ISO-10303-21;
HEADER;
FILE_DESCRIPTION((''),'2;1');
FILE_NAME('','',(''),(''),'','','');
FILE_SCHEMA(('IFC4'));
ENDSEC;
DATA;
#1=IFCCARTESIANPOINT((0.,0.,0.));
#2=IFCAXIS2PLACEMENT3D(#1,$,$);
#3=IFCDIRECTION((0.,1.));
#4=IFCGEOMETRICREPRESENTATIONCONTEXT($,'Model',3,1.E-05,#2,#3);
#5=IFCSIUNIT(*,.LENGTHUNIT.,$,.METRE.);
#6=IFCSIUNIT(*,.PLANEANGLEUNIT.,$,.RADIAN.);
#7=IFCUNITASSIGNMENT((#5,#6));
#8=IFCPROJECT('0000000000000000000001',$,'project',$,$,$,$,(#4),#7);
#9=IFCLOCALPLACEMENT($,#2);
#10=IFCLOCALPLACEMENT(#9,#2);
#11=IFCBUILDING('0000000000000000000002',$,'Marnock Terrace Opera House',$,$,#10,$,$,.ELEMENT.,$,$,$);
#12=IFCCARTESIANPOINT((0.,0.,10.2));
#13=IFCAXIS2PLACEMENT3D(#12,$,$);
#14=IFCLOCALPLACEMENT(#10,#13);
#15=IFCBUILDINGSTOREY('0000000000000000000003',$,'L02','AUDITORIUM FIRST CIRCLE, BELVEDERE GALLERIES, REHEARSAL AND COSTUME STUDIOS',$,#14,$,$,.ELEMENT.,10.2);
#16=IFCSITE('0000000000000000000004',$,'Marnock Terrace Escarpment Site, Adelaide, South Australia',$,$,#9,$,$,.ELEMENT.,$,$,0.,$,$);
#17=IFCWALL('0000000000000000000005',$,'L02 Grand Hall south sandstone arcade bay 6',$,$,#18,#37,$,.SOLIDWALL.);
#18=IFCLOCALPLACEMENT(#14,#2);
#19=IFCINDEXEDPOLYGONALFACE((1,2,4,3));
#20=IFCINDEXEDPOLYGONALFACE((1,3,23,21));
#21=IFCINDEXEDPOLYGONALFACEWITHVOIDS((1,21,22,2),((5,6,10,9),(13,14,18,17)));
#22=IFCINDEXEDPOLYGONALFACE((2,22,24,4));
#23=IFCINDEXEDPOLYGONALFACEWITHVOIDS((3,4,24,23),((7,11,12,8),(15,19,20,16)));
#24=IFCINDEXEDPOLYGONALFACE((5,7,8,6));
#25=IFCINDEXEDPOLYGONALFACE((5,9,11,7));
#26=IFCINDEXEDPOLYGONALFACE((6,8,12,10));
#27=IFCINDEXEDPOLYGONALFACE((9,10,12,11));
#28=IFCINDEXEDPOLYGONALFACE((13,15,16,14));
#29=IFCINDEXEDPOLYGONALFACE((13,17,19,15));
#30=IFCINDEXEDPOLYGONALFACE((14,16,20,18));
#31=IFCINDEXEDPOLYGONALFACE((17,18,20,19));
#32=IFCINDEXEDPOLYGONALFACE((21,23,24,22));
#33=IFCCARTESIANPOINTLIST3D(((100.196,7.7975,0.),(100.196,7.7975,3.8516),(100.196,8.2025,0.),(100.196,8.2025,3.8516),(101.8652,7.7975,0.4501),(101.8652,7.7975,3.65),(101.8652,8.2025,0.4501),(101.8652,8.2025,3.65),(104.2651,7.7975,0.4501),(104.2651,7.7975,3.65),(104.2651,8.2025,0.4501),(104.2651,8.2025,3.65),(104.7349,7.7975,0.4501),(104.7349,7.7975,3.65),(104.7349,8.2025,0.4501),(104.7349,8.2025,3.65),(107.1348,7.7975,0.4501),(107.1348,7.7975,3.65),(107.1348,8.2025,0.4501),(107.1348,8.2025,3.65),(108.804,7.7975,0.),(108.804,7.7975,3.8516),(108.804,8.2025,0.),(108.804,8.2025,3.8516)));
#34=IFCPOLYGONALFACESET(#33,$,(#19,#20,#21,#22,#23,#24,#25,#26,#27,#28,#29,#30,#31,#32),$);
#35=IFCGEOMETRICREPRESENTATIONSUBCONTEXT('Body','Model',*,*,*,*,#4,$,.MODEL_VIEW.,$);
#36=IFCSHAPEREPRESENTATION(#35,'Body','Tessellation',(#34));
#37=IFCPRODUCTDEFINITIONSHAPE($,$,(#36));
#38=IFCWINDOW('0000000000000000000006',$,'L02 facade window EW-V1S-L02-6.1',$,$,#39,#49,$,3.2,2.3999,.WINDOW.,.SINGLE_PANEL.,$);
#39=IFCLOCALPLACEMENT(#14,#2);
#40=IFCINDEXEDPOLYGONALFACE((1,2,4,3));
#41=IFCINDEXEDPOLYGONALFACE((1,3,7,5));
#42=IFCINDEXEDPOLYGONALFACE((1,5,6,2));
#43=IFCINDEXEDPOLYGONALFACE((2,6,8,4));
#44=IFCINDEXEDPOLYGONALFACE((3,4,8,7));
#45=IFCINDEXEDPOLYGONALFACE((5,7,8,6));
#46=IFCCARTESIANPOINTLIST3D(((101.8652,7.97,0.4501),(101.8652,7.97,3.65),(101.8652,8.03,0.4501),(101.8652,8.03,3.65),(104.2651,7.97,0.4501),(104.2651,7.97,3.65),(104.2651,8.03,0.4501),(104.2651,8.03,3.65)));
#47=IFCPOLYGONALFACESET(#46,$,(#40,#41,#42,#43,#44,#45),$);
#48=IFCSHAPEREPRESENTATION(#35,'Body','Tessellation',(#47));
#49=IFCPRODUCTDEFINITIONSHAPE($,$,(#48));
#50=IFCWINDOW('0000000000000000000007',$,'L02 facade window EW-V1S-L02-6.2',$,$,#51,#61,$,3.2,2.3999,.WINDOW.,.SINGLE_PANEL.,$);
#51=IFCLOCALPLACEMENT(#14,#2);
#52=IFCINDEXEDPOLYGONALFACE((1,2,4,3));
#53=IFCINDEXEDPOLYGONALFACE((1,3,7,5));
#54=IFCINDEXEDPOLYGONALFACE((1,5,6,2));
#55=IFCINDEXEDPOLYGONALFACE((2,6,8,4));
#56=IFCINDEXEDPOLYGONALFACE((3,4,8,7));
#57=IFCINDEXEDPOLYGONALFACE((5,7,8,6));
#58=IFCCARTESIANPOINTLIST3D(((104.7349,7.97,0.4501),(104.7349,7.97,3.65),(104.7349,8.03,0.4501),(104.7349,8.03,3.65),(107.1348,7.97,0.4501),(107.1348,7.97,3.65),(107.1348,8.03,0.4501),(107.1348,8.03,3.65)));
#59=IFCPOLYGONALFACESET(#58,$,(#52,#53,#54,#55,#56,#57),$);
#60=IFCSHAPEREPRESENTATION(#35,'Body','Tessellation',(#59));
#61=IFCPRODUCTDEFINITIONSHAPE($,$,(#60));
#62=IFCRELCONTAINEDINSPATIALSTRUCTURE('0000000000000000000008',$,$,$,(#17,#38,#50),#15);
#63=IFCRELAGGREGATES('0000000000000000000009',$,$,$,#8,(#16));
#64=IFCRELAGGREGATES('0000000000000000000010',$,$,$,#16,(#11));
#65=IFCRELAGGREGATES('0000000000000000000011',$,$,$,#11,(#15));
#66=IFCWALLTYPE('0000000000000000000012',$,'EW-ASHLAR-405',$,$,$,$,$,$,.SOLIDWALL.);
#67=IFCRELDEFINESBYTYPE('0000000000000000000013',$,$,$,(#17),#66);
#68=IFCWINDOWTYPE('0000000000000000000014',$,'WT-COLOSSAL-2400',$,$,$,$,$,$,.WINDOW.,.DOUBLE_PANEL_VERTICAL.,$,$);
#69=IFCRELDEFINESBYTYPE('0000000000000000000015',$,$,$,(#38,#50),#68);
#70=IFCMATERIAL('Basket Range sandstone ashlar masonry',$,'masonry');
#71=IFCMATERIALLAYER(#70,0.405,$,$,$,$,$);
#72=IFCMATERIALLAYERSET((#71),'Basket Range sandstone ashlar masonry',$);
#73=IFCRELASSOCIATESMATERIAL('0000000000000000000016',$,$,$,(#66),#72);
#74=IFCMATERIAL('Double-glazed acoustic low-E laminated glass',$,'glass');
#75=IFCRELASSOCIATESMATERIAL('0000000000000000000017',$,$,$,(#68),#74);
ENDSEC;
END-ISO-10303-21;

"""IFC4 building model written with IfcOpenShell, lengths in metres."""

from ifc_helpers import new_model, si_unit, direction, frame, frame_2d, origin, place, context, subcontext, project, spatial, rectangle, extrude, material, layer, layer_set, type_object, element, fill, save


model = new_model("IFC4")

# Units and contexts
model_context = context("Model", 3, precision=1e-05, world=origin(), true_north=direction((0.0, 1.0)))
body_context = subcontext(model_context, "Body", "Model", "MODEL_VIEW")
ifc_project = project(units=[si_unit("LENGTHUNIT", "METRE"), si_unit("PLANEANGLEUNIT", "RADIAN")], contexts=[model_context])

# Site, building, storey
site_placement = place(None, origin())
site = spatial("IfcSite", under=ifc_project, at=site_placement, Name="Marnock Terrace Escarpment Site, Adelaide, South Australia", CompositionType="ELEMENT", RefElevation=0.0)
building_placement = place(site_placement, origin())
building = spatial("IfcBuilding", under=site, at=building_placement, Name="Marnock Terrace Opera House", CompositionType="ELEMENT")
storey_placement = place(building_placement, frame((0.0, 0.0, 10.2)))
storey = spatial("IfcBuildingStorey", under=building, at=storey_placement, Name="L02", Description="AUDITORIUM FIRST CIRCLE, BELVEDERE GALLERIES, REHEARSAL AND COSTUME STUDIOS", CompositionType="ELEMENT", Elevation=10.2)

# Wall, openings, windows
ifc_material_1 = material(Name="Basket Range sandstone ashlar masonry", Category="masonry")
ifc_layer = layer(ifc_material_1, 0.405)
ifc_layer_set = layer_set([ifc_layer], Name="Basket Range sandstone ashlar masonry")
wall_type = type_object("IfcWallType", Name="EW-ASHLAR-405", PredefinedType="SOLIDWALL", material=ifc_layer_set)
ifc_material_2 = material(Name="Double-glazed acoustic low-E laminated glass", Category="glass")
window_type = type_object("IfcWindowType", Name="WT-COLOSSAL-2400", PartitioningType="DOUBLE_PANEL_VERTICAL", PredefinedType="WINDOW", material=ifc_material_2)
wall_1_placement = place(storey_placement, frame((100.196, 8.0, 0.0), z_axis=(0.0, 0.0, 1.0), x_axis=(1.0, 0.0, 0.0)))
wall_1 = element("IfcWall", 1, at=wall_1_placement, inside=storey, type_object=wall_type, Name="L02 Grand Hall south sandstone arcade bay 6", PredefinedType="SOLIDWALL", context=body_context, shape_type="SweptSolid", body=[
    extrude(rectangle(XDim=8.6079, YDim=0.405, at=frame_2d((4.304, 0.0))), origin(), (0.0, 0.0, 1.0), 3.8516),
])
opening_1_placement = place(wall_1_placement, frame((1.6692, 0.0, 0.45)))
opening_1 = element("IfcOpeningElement", 2, at=opening_1_placement, cuts=wall_1, PredefinedType="OPENING", context=body_context, shape_type="SweptSolid", body=[
    extrude(rectangle(XDim=2.3999, YDim=3.2, at=frame_2d((1.2, 1.6001))), frame((0.0, 0.2124, 0.0), z_axis=(0.0, -1.0, 0.0), x_axis=(1.0, 0.0, 0.0)), (0.0, 0.0, 1.0), 0.425),
])
opening_2_placement = place(wall_1_placement, frame((4.5388, 0.0, 0.45)))
opening_2 = element("IfcOpeningElement", 3, at=opening_2_placement, cuts=wall_1, PredefinedType="OPENING", context=body_context, shape_type="SweptSolid", body=[
    extrude(rectangle(XDim=2.3999, YDim=3.2, at=frame_2d((1.2, 1.6001))), frame((0.0, 0.2124, 0.0), z_axis=(0.0, -1.0, 0.0), x_axis=(1.0, 0.0, 0.0)), (0.0, 0.0, 1.0), 0.425),
])
window_1_placement = place(opening_1_placement, origin())
window_1 = element("IfcWindow", 4, at=window_1_placement, inside=storey, type_object=window_type, Name="L02 facade window EW-V1S-L02-6.1", OverallHeight=3.2, OverallWidth=2.3999, PartitioningType="SINGLE_PANEL", PredefinedType="WINDOW", context=body_context, shape_type="SweptSolid", body=[
    extrude(rectangle(XDim=2.3999, YDim=3.2, at=frame_2d((1.2, 1.6001))), frame((0.0, 0.03, 0.0), z_axis=(0.0, -1.0, 0.0), x_axis=(1.0, 0.0, 0.0)), (0.0, 0.0, 1.0), 0.0601),
])
fill(opening_1, window_1)
window_2_placement = place(opening_2_placement, origin())
window_2 = element("IfcWindow", 5, at=window_2_placement, inside=storey, type_object=window_type, Name="L02 facade window EW-V1S-L02-6.2", OverallHeight=3.2, OverallWidth=2.3999, PartitioningType="SINGLE_PANEL", PredefinedType="WINDOW", context=body_context, shape_type="SweptSolid", body=[
    extrude(rectangle(XDim=2.3999, YDim=3.2, at=frame_2d((1.2, 1.6001))), frame((0.0, 0.03, 0.0), z_axis=(0.0, -1.0, 0.0), x_axis=(1.0, 0.0, 0.0)), (0.0, 0.0, 1.0), 0.0601),
])
fill(opening_2, window_2)

save(model, "model.ifc")
